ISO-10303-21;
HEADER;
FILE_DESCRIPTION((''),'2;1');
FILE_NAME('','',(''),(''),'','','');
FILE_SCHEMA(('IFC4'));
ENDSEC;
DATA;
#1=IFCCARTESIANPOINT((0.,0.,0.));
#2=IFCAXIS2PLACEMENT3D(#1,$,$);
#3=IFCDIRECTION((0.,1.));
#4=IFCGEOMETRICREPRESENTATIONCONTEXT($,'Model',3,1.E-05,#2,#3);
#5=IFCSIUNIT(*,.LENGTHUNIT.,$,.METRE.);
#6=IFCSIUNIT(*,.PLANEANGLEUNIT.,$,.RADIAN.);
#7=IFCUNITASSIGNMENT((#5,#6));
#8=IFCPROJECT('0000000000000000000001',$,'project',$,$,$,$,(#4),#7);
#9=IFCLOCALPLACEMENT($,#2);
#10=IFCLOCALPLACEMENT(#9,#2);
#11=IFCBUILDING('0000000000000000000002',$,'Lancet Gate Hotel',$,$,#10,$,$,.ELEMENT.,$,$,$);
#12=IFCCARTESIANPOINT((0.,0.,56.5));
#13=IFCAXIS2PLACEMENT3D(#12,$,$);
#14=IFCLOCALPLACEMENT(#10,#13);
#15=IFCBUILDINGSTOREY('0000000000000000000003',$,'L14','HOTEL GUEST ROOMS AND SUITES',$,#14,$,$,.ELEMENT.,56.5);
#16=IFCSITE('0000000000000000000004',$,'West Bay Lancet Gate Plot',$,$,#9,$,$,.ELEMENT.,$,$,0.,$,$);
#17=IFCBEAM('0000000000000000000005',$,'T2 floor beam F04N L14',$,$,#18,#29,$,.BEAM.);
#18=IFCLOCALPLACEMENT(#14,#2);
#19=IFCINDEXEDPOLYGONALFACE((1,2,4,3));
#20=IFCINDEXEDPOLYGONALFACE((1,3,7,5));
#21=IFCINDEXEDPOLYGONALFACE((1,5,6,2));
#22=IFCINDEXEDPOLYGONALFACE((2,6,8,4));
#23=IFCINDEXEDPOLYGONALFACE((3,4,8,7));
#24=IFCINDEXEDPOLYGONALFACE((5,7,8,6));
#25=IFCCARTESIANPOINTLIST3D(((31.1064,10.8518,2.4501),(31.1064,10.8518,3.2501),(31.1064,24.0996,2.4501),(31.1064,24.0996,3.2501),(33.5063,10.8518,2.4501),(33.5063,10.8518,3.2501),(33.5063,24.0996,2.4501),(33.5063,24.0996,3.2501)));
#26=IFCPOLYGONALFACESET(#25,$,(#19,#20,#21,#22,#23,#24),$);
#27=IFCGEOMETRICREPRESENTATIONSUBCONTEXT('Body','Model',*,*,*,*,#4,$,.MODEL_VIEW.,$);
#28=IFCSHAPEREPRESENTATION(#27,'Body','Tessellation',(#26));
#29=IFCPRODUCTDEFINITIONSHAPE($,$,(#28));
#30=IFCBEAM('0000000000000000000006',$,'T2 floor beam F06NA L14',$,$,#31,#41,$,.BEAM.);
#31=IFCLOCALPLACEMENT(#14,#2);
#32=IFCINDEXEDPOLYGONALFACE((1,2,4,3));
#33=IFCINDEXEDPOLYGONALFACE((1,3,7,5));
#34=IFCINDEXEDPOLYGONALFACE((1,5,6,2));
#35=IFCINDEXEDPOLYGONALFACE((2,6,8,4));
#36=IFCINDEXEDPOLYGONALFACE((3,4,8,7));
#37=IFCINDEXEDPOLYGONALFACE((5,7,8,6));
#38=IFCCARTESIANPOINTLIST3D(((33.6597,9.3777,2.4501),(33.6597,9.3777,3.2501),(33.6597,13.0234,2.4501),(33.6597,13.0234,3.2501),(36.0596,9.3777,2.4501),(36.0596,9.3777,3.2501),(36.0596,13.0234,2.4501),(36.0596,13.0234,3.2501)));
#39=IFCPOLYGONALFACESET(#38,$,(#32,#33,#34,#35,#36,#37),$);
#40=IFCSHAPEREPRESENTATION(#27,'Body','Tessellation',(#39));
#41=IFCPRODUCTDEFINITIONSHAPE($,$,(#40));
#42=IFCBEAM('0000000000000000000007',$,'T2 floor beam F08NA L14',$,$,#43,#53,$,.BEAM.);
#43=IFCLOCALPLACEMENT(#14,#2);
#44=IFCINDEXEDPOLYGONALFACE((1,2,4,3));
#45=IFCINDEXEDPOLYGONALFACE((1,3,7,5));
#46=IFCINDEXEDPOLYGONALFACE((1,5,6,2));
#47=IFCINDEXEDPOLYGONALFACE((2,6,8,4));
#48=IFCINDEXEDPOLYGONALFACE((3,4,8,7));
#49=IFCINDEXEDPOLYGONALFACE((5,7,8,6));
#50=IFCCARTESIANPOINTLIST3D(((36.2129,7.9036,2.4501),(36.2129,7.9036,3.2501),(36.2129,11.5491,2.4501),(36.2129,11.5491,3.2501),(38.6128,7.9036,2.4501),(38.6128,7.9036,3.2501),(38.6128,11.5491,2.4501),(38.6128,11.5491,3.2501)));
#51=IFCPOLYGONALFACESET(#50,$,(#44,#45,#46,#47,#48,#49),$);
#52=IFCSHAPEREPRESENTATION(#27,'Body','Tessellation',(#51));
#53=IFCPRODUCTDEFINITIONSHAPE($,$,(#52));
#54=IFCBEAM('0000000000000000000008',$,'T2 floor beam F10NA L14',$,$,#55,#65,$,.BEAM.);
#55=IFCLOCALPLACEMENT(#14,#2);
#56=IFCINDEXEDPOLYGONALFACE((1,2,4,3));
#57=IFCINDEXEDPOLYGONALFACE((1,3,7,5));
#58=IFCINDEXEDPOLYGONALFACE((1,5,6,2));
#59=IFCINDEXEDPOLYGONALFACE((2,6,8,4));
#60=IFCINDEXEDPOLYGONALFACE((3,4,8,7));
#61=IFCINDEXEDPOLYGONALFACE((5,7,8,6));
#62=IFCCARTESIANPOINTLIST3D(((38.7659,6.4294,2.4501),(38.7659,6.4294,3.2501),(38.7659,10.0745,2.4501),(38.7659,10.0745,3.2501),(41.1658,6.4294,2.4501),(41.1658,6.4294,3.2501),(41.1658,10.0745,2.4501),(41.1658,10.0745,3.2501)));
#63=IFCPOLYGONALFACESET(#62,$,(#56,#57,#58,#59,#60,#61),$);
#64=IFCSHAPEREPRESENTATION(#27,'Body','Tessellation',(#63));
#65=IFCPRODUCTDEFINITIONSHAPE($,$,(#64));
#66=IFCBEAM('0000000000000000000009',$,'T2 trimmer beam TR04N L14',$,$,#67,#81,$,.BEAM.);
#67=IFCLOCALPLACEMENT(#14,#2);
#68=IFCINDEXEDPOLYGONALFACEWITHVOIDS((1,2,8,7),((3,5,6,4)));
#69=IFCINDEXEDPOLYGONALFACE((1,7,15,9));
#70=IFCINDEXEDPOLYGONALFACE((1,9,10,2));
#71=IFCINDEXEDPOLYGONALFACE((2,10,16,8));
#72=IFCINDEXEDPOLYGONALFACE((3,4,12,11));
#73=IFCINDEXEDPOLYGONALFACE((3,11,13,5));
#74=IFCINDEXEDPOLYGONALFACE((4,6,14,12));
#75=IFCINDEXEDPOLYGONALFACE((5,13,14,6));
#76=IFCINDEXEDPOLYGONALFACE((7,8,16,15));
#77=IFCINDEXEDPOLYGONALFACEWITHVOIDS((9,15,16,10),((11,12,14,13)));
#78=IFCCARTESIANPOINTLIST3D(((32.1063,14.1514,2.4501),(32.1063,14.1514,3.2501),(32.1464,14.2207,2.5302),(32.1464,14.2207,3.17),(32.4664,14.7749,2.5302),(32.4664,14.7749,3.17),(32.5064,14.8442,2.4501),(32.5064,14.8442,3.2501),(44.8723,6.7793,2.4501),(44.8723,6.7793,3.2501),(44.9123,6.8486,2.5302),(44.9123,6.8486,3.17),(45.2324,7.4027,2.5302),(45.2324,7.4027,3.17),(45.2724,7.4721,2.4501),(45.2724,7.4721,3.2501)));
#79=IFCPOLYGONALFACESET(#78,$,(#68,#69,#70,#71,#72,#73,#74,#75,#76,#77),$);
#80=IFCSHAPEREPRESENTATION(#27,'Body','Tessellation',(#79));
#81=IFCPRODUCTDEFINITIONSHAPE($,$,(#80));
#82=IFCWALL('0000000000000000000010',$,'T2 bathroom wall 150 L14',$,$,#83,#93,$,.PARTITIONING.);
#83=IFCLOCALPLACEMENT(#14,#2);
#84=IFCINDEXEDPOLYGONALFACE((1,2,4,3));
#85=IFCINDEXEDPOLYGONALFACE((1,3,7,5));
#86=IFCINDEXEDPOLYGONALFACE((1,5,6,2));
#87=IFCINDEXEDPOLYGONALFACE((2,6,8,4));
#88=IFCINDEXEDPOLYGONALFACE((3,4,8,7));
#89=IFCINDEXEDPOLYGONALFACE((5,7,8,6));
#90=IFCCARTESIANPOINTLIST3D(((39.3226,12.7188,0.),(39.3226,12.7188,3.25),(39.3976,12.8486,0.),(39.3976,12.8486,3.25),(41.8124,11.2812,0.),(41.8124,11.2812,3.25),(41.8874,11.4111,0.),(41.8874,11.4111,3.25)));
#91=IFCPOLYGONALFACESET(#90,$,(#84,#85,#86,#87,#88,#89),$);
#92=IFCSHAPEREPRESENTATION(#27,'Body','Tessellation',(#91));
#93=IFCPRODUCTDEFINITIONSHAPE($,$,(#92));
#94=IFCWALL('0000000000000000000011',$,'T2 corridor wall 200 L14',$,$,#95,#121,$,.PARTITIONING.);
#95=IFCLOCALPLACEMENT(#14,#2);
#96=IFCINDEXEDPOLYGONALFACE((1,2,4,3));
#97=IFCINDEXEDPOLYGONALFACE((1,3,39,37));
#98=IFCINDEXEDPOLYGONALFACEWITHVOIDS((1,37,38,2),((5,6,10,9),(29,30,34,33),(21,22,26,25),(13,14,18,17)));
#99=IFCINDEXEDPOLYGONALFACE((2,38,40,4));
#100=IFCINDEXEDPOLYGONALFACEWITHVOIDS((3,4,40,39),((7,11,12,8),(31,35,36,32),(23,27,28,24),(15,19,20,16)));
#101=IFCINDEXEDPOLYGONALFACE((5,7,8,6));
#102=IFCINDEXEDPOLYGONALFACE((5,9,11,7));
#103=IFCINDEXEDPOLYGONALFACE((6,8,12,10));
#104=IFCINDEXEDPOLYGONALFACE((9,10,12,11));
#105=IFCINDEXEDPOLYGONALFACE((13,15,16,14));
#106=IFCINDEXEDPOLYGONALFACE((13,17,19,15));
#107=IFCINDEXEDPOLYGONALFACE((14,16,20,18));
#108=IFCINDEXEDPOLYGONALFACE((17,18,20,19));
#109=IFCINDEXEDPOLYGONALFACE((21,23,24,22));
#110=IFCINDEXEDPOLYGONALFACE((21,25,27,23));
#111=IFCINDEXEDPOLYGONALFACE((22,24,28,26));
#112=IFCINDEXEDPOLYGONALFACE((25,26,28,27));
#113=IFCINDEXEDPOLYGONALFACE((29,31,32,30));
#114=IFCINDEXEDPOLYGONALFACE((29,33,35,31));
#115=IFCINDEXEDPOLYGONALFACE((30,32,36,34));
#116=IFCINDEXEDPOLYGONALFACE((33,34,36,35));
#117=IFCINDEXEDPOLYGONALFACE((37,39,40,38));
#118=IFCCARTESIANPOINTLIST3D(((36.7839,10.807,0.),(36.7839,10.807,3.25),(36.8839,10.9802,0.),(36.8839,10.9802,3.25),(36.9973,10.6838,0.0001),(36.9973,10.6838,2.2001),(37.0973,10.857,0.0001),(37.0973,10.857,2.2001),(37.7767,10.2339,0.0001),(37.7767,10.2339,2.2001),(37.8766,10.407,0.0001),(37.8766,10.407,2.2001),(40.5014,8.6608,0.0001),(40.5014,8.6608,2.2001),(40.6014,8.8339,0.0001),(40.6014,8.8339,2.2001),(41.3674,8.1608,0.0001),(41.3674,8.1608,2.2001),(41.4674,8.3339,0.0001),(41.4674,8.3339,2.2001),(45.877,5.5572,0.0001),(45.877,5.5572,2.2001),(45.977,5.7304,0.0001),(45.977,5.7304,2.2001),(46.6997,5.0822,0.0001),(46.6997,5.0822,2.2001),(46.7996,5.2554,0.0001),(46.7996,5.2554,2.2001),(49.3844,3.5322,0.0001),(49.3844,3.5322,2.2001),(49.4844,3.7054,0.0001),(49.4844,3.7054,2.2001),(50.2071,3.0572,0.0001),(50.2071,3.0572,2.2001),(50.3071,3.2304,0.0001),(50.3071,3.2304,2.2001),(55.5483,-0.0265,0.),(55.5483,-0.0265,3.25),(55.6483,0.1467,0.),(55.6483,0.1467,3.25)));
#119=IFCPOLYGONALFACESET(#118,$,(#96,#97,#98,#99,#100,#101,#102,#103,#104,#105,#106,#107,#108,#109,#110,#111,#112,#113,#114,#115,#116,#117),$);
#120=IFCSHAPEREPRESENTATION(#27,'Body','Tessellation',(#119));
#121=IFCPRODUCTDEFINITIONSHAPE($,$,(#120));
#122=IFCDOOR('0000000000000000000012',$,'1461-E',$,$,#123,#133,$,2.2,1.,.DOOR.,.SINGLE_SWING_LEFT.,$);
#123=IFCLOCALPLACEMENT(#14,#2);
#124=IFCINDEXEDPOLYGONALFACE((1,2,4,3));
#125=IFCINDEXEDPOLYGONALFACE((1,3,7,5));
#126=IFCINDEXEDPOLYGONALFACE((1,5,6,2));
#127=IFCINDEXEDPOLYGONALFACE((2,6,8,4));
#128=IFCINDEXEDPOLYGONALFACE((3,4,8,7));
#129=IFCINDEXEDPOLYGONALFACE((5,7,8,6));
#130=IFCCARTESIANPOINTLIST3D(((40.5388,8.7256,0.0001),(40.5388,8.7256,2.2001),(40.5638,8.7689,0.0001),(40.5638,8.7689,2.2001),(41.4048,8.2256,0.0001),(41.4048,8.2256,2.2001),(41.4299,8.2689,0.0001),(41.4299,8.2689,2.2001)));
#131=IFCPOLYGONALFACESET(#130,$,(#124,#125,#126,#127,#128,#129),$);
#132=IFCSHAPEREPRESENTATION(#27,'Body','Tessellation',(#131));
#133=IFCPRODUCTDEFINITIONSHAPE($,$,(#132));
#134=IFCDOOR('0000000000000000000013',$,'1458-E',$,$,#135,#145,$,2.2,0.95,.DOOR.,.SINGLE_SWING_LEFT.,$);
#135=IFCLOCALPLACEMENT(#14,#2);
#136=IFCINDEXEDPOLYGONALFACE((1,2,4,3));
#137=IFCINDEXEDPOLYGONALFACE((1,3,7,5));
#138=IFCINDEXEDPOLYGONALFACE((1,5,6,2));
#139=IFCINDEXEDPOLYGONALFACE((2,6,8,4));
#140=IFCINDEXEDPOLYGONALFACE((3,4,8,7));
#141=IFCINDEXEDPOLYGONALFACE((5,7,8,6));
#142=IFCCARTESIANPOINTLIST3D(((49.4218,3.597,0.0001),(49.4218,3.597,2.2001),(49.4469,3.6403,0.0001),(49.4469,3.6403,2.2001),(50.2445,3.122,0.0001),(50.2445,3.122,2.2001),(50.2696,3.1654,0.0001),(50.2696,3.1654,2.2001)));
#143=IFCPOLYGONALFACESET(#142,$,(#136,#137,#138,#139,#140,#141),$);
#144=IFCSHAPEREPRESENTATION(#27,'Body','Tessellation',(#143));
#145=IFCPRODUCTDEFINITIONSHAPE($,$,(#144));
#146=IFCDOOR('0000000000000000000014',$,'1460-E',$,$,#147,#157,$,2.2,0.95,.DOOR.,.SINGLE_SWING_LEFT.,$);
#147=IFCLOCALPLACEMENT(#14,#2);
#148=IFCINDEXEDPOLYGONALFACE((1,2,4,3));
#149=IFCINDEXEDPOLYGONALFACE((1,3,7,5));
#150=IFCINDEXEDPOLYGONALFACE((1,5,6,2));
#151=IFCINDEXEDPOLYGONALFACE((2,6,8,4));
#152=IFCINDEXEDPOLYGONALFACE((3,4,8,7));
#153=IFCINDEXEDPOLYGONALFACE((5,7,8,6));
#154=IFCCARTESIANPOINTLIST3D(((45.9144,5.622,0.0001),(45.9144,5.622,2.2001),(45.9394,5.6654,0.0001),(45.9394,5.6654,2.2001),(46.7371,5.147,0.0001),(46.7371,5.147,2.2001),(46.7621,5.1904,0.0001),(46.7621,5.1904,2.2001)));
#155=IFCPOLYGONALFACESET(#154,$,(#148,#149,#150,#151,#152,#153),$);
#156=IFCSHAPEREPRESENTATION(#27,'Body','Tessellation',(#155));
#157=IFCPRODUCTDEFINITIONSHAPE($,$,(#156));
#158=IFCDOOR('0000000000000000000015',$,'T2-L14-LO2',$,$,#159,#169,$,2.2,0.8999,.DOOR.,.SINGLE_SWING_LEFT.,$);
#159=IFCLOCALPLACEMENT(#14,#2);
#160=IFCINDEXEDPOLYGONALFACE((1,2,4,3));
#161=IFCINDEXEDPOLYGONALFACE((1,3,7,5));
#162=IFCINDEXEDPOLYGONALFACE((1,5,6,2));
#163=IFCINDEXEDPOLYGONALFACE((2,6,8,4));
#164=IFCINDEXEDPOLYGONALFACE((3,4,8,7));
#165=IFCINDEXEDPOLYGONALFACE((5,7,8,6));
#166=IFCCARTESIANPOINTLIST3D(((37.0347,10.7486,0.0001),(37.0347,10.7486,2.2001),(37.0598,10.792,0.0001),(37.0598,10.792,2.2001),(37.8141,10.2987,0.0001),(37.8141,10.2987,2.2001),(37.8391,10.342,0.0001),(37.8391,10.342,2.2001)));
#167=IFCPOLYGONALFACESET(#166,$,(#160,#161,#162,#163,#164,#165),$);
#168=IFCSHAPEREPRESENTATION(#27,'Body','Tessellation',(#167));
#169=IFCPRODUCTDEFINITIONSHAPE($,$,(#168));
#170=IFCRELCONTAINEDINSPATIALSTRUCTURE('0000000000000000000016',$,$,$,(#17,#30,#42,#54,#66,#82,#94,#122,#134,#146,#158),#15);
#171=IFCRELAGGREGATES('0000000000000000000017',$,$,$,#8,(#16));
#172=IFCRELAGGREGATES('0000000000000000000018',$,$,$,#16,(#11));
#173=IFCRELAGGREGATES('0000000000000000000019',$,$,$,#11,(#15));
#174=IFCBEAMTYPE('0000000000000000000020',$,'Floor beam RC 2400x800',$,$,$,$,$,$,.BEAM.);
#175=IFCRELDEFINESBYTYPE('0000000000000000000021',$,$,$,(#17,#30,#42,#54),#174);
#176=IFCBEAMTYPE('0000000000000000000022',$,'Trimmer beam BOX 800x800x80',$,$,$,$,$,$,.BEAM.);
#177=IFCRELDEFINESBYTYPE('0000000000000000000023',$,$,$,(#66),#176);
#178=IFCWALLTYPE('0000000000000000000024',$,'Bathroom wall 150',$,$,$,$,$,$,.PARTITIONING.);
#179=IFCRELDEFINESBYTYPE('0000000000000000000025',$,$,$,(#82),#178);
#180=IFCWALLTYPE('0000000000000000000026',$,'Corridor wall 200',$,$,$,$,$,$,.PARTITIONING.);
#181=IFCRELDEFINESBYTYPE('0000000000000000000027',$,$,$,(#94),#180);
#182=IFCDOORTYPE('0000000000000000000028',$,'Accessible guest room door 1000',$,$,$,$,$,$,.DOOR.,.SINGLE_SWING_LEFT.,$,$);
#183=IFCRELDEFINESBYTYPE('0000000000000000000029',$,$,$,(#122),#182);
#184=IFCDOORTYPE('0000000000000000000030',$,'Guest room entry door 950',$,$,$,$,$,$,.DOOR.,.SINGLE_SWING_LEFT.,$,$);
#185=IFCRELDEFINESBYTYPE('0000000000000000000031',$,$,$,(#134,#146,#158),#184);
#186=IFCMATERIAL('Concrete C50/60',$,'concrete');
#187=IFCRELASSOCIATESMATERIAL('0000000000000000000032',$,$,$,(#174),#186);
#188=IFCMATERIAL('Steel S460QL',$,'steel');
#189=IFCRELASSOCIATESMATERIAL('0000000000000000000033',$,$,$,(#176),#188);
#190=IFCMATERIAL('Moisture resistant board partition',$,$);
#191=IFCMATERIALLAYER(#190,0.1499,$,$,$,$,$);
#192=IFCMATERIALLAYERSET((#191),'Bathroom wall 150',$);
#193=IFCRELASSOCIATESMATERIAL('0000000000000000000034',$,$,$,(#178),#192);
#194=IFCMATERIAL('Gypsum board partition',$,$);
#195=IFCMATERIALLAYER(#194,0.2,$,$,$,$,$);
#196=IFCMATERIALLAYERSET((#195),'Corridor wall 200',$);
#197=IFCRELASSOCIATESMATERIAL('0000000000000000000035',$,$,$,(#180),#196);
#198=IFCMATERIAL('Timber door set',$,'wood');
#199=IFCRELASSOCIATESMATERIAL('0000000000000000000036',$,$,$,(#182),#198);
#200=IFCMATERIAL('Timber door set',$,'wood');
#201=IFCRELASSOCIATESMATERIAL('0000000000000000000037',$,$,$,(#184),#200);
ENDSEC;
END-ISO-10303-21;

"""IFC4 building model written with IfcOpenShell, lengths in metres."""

from ifc_helpers import new_model, si_unit, direction, frame, frame_2d, origin, origin_2d, place, context, subcontext, project, spatial, rectangle, hollow_rectangle, extrude, material, layer, layer_set, material_profile, profile_set, type_object, element, fill, save


model = new_model("IFC4")

# Units and contexts
model_context = context("Model", 3, precision=1e-05, world=origin(), true_north=direction((0.0, 1.0)))
body_context = subcontext(model_context, "Body", "Model", "MODEL_VIEW")
ifc_project = project(units=[si_unit("LENGTHUNIT", "METRE"), si_unit("PLANEANGLEUNIT", "RADIAN")], contexts=[model_context])

# Site, building, storey
site_placement = place(None, origin())
site = spatial("IfcSite", under=ifc_project, at=site_placement, Name="West Bay Lancet Gate Plot", CompositionType="ELEMENT", RefElevation=0.0)
building_placement = place(site_placement, origin())
building = spatial("IfcBuilding", under=site, at=building_placement, Name="Lancet Gate Hotel", CompositionType="ELEMENT")
storey_placement = place(building_placement, frame((0.0, 0.0, 56.5)))
storey = spatial("IfcBuildingStorey", under=building, at=storey_placement, Name="L14", Description="HOTEL GUEST ROOMS AND SUITES", CompositionType="ELEMENT", Elevation=56.5)

# Beams
ifc_material_1 = material(Name="Concrete C50/60", Category="concrete")
ifc_material_profile_1 = material_profile(ifc_material_1, rectangle(XDim=2.3999, YDim=0.8, at=origin_2d()), Name="RC 2400x800")
ifc_profile_set_1 = profile_set([ifc_material_profile_1], Name="Concrete C50/60")
beam_type_1 = type_object("IfcBeamType", Name="Floor beam RC 2400x800", PredefinedType="BEAM", material=ifc_profile_set_1)
beam_1_placement = place(storey_placement, frame((32.3064, 10.8518, 2.8501), z_axis=(0.0, 1.0, 0.0), x_axis=(-1.0, 0.0, 0.0)))
element("IfcBeam", 1, at=beam_1_placement, inside=storey, type_object=beam_type_1, Name="T2 floor beam F04N L14", PredefinedType="BEAM", context=body_context, shape_type="SweptSolid", body=[
    extrude(rectangle(XDim=2.3999, YDim=0.8, at=origin_2d()), origin(), (0.0, 0.0, 1.0), 13.2478),
])
beam_2_placement = place(storey_placement, frame((34.8596, 9.3777, 2.8501), z_axis=(0.0, 1.0, 0.0), x_axis=(-1.0, 0.0, 0.0)))
element("IfcBeam", 2, at=beam_2_placement, inside=storey, type_object=beam_type_1, Name="T2 floor beam F06NA L14", PredefinedType="BEAM", context=body_context, shape_type="SweptSolid", body=[
    extrude(rectangle(XDim=2.3999, YDim=0.8, at=origin_2d()), origin(), (0.0, 0.0, 1.0), 3.6458),
])
beam_3_placement = place(storey_placement, frame((37.4128, 7.9036, 2.8501), z_axis=(0.0, 1.0, 0.0), x_axis=(-1.0, 0.0, 0.0)))
element("IfcBeam", 3, at=beam_3_placement, inside=storey, type_object=beam_type_1, Name="T2 floor beam F08NA L14", PredefinedType="BEAM", context=body_context, shape_type="SweptSolid", body=[
    extrude(rectangle(XDim=2.3999, YDim=0.8, at=origin_2d()), origin(), (0.0, 0.0, 1.0), 3.6455),
])
beam_4_placement = place(storey_placement, frame((39.9658, 6.4294, 2.8501), z_axis=(0.0, 1.0, 0.0), x_axis=(-1.0, 0.0, 0.0)))
element("IfcBeam", 4, at=beam_4_placement, inside=storey, type_object=beam_type_1, Name="T2 floor beam F10NA L14", PredefinedType="BEAM", context=body_context, shape_type="SweptSolid", body=[
    extrude(rectangle(XDim=2.3999, YDim=0.8, at=origin_2d()), origin(), (0.0, 0.0, 1.0), 3.645),
])
ifc_material_2 = material(Name="Steel S460QL", Category="steel")
ifc_material_profile_2 = material_profile(ifc_material_2, hollow_rectangle(XDim=0.8, YDim=0.8, WallThickness=0.0801, at=origin_2d()), Name="BOX 800x800x80")
ifc_profile_set_2 = profile_set([ifc_material_profile_2], Name="Steel S460QL")
beam_type_2 = type_object("IfcBeamType", Name="Trimmer beam BOX 800x800x80", PredefinedType="BEAM", material=ifc_profile_set_2)
beam_5_placement = place(storey_placement, frame((32.3064, 14.4978, 2.8501), z_axis=(0.865976, -0.500086, 0.0), x_axis=(0.500086, 0.865976, 0.0)))
element("IfcBeam", 5, at=beam_5_placement, inside=storey, type_object=beam_type_2, Name="T2 trimmer beam TR04N L14", PredefinedType="BEAM", context=body_context, shape_type="SweptSolid", body=[
    extrude(hollow_rectangle(XDim=0.8, YDim=0.8, WallThickness=0.0801, at=origin_2d()), origin(), (0.0, 0.0, 1.0), 14.7417),
])

# Wall
ifc_material_3 = material(Name="Moisture resistant board partition")
ifc_layer_1 = layer(ifc_material_3, 0.1499)
ifc_layer_set_1 = layer_set([ifc_layer_1], Name="Bathroom wall 150")
wall_type_1 = type_object("IfcWallType", Name="Bathroom wall 150", PredefinedType="PARTITIONING", material=ifc_layer_set_1)
wall_1_placement = place(storey_placement, frame((39.3601, 12.7837, 0.0), z_axis=(0.0, 0.0, 1.0), x_axis=(0.866019, -0.500012, 0.0)))
element("IfcWall", 6, at=wall_1_placement, inside=storey, type_object=wall_type_1, Name="T2 bathroom wall 150 L14", PredefinedType="PARTITIONING", context=body_context, shape_type="SweptSolid", body=[
    extrude(rectangle(XDim=2.875, YDim=0.1499, at=frame_2d((1.4375, 0.0))), origin(), (0.0, 0.0, 1.0), 3.25),
])

# Wall, openings, doors
ifc_material_4 = material(Name="Gypsum board partition")
ifc_layer_2 = layer(ifc_material_4, 0.2)
ifc_layer_set_2 = layer_set([ifc_layer_2], Name="Corridor wall 200")
wall_type_2 = type_object("IfcWallType", Name="Corridor wall 200", PredefinedType="PARTITIONING", material=ifc_layer_set_2)
wall_2_placement = place(storey_placement, frame((36.834, 10.8936, 0.0), z_axis=(0.0, 0.0, 1.0), x_axis=(0.866028, -0.499995, 0.0)))
wall_2 = element("IfcWall", 7, at=wall_2_placement, inside=storey, type_object=wall_type_2, Name="T2 corridor wall 200 L14", PredefinedType="PARTITIONING", context=body_context, shape_type="SweptSolid", body=[
    extrude(rectangle(XDim=21.6672, YDim=0.2, at=frame_2d((10.8335, 0.0))), origin(), (0.0, 0.0, 1.0), 3.25),
])
opening_1_placement = place(wall_2_placement, frame((14.5496, 0.0, 0.0)))
opening_1 = element("IfcOpeningElement", 8, at=opening_1_placement, cuts=wall_2, PredefinedType="OPENING", context=body_context, shape_type="SweptSolid", body=[
    extrude(rectangle(XDim=0.95, YDim=2.2, at=frame_2d((0.4751, 1.1001))), frame((0.0, 0.1099, 0.0), z_axis=(0.0, -1.0, 0.0), x_axis=(1.0, 0.0, 0.0)), (0.0, 0.0, 1.0), 0.22),
])
opening_2_placement = place(wall_2_placement, frame((10.4995, 0.0, 0.0)))
opening_2 = element("IfcOpeningElement", 9, at=opening_2_placement, cuts=wall_2, PredefinedType="OPENING", context=body_context, shape_type="SweptSolid", body=[
    extrude(rectangle(XDim=0.95, YDim=2.2, at=frame_2d((0.4751, 1.1001))), frame((0.0, 0.1099, 0.0), z_axis=(0.0, -1.0, 0.0), x_axis=(1.0, 0.0, 0.0)), (0.0, 0.0, 1.0), 0.22),
])
opening_3_placement = place(wall_2_placement, frame((4.2925, 0.0, 0.0)))
opening_3 = element("IfcOpeningElement", 10, at=opening_3_placement, cuts=wall_2, PredefinedType="OPENING", context=body_context, shape_type="SweptSolid", body=[
    extrude(rectangle(XDim=1.0, YDim=2.2, at=frame_2d((0.5, 1.1001))), frame((0.0, 0.1099, 0.0), z_axis=(0.0, -1.0, 0.0), x_axis=(1.0, 0.0, 0.0)), (0.0, 0.0, 1.0), 0.22),
])
opening_4_placement = place(wall_2_placement, frame((0.2463, 0.0, 0.0)))
opening_4 = element("IfcOpeningElement", 11, at=opening_4_placement, cuts=wall_2, PredefinedType="OPENING", context=body_context, shape_type="SweptSolid", body=[
    extrude(rectangle(XDim=0.8999, YDim=2.2, at=frame_2d((0.45, 1.1001))), frame((0.0, 0.1099, 0.0), z_axis=(0.0, -1.0, 0.0), x_axis=(1.0, 0.0, 0.0)), (0.0, 0.0, 1.0), 0.22),
])
ifc_material_5 = material(Name="Timber door set", Category="wood")
door_type_1 = type_object("IfcDoorType", Name="Accessible guest room door 1000", OperationType="SINGLE_SWING_LEFT", PredefinedType="DOOR", material=ifc_material_5)
door_1_placement = place(opening_3_placement, origin())
door_1 = element("IfcDoor", 12, at=door_1_placement, inside=storey, type_object=door_type_1, Name="1461-E", OperationType="SINGLE_SWING_LEFT", OverallHeight=2.2, OverallWidth=1.0, PredefinedType="DOOR", context=body_context, shape_type="SweptSolid", body=[
    extrude(rectangle(XDim=1.0, YDim=2.2, at=frame_2d((0.5, 1.1001))), frame((0.0, 0.0249, 0.0), z_axis=(0.0, -1.0, 0.0), x_axis=(1.0, 0.0, 0.0)), (0.0, 0.0, 1.0), 0.05),
])
fill(opening_3, door_1)
ifc_material_6 = material(Name="Timber door set", Category="wood")
door_type_2 = type_object("IfcDoorType", Name="Guest room entry door 950", OperationType="SINGLE_SWING_LEFT", PredefinedType="DOOR", material=ifc_material_6)
door_2_placement = place(opening_1_placement, origin())
door_2 = element("IfcDoor", 13, at=door_2_placement, inside=storey, type_object=door_type_2, Name="1458-E", OperationType="SINGLE_SWING_LEFT", OverallHeight=2.2, OverallWidth=0.95, PredefinedType="DOOR", context=body_context, shape_type="SweptSolid", body=[
    extrude(rectangle(XDim=0.95, YDim=2.2, at=frame_2d((0.4751, 1.1001))), frame((0.0, 0.0249, 0.0), z_axis=(0.0, -1.0, 0.0), x_axis=(1.0, 0.0, 0.0)), (0.0, 0.0, 1.0), 0.05),
])
fill(opening_1, door_2)
door_3_placement = place(opening_2_placement, origin())
door_3 = element("IfcDoor", 14, at=door_3_placement, inside=storey, type_object=door_type_2, Name="1460-E", OperationType="SINGLE_SWING_LEFT", OverallHeight=2.2, OverallWidth=0.95, PredefinedType="DOOR", context=body_context, shape_type="SweptSolid", body=[
    extrude(rectangle(XDim=0.95, YDim=2.2, at=frame_2d((0.4751, 1.1001))), frame((0.0, 0.0249, 0.0), z_axis=(0.0, -1.0, 0.0), x_axis=(1.0, 0.0, 0.0)), (0.0, 0.0, 1.0), 0.05),
])
fill(opening_2, door_3)
door_4_placement = place(opening_4_placement, origin())
door_4 = element("IfcDoor", 15, at=door_4_placement, inside=storey, type_object=door_type_2, Name="T2-L14-LO2", OperationType="SINGLE_SWING_LEFT", OverallHeight=2.2, OverallWidth=0.8999, PredefinedType="DOOR", context=body_context, shape_type="SweptSolid", body=[
    extrude(rectangle(XDim=0.8999, YDim=2.2, at=frame_2d((0.45, 1.1001))), frame((0.0, 0.0249, 0.0), z_axis=(0.0, -1.0, 0.0), x_axis=(1.0, 0.0, 0.0)), (0.0, 0.0, 1.0), 0.05),
])
fill(opening_4, door_4)

save(model, "model.ifc")
